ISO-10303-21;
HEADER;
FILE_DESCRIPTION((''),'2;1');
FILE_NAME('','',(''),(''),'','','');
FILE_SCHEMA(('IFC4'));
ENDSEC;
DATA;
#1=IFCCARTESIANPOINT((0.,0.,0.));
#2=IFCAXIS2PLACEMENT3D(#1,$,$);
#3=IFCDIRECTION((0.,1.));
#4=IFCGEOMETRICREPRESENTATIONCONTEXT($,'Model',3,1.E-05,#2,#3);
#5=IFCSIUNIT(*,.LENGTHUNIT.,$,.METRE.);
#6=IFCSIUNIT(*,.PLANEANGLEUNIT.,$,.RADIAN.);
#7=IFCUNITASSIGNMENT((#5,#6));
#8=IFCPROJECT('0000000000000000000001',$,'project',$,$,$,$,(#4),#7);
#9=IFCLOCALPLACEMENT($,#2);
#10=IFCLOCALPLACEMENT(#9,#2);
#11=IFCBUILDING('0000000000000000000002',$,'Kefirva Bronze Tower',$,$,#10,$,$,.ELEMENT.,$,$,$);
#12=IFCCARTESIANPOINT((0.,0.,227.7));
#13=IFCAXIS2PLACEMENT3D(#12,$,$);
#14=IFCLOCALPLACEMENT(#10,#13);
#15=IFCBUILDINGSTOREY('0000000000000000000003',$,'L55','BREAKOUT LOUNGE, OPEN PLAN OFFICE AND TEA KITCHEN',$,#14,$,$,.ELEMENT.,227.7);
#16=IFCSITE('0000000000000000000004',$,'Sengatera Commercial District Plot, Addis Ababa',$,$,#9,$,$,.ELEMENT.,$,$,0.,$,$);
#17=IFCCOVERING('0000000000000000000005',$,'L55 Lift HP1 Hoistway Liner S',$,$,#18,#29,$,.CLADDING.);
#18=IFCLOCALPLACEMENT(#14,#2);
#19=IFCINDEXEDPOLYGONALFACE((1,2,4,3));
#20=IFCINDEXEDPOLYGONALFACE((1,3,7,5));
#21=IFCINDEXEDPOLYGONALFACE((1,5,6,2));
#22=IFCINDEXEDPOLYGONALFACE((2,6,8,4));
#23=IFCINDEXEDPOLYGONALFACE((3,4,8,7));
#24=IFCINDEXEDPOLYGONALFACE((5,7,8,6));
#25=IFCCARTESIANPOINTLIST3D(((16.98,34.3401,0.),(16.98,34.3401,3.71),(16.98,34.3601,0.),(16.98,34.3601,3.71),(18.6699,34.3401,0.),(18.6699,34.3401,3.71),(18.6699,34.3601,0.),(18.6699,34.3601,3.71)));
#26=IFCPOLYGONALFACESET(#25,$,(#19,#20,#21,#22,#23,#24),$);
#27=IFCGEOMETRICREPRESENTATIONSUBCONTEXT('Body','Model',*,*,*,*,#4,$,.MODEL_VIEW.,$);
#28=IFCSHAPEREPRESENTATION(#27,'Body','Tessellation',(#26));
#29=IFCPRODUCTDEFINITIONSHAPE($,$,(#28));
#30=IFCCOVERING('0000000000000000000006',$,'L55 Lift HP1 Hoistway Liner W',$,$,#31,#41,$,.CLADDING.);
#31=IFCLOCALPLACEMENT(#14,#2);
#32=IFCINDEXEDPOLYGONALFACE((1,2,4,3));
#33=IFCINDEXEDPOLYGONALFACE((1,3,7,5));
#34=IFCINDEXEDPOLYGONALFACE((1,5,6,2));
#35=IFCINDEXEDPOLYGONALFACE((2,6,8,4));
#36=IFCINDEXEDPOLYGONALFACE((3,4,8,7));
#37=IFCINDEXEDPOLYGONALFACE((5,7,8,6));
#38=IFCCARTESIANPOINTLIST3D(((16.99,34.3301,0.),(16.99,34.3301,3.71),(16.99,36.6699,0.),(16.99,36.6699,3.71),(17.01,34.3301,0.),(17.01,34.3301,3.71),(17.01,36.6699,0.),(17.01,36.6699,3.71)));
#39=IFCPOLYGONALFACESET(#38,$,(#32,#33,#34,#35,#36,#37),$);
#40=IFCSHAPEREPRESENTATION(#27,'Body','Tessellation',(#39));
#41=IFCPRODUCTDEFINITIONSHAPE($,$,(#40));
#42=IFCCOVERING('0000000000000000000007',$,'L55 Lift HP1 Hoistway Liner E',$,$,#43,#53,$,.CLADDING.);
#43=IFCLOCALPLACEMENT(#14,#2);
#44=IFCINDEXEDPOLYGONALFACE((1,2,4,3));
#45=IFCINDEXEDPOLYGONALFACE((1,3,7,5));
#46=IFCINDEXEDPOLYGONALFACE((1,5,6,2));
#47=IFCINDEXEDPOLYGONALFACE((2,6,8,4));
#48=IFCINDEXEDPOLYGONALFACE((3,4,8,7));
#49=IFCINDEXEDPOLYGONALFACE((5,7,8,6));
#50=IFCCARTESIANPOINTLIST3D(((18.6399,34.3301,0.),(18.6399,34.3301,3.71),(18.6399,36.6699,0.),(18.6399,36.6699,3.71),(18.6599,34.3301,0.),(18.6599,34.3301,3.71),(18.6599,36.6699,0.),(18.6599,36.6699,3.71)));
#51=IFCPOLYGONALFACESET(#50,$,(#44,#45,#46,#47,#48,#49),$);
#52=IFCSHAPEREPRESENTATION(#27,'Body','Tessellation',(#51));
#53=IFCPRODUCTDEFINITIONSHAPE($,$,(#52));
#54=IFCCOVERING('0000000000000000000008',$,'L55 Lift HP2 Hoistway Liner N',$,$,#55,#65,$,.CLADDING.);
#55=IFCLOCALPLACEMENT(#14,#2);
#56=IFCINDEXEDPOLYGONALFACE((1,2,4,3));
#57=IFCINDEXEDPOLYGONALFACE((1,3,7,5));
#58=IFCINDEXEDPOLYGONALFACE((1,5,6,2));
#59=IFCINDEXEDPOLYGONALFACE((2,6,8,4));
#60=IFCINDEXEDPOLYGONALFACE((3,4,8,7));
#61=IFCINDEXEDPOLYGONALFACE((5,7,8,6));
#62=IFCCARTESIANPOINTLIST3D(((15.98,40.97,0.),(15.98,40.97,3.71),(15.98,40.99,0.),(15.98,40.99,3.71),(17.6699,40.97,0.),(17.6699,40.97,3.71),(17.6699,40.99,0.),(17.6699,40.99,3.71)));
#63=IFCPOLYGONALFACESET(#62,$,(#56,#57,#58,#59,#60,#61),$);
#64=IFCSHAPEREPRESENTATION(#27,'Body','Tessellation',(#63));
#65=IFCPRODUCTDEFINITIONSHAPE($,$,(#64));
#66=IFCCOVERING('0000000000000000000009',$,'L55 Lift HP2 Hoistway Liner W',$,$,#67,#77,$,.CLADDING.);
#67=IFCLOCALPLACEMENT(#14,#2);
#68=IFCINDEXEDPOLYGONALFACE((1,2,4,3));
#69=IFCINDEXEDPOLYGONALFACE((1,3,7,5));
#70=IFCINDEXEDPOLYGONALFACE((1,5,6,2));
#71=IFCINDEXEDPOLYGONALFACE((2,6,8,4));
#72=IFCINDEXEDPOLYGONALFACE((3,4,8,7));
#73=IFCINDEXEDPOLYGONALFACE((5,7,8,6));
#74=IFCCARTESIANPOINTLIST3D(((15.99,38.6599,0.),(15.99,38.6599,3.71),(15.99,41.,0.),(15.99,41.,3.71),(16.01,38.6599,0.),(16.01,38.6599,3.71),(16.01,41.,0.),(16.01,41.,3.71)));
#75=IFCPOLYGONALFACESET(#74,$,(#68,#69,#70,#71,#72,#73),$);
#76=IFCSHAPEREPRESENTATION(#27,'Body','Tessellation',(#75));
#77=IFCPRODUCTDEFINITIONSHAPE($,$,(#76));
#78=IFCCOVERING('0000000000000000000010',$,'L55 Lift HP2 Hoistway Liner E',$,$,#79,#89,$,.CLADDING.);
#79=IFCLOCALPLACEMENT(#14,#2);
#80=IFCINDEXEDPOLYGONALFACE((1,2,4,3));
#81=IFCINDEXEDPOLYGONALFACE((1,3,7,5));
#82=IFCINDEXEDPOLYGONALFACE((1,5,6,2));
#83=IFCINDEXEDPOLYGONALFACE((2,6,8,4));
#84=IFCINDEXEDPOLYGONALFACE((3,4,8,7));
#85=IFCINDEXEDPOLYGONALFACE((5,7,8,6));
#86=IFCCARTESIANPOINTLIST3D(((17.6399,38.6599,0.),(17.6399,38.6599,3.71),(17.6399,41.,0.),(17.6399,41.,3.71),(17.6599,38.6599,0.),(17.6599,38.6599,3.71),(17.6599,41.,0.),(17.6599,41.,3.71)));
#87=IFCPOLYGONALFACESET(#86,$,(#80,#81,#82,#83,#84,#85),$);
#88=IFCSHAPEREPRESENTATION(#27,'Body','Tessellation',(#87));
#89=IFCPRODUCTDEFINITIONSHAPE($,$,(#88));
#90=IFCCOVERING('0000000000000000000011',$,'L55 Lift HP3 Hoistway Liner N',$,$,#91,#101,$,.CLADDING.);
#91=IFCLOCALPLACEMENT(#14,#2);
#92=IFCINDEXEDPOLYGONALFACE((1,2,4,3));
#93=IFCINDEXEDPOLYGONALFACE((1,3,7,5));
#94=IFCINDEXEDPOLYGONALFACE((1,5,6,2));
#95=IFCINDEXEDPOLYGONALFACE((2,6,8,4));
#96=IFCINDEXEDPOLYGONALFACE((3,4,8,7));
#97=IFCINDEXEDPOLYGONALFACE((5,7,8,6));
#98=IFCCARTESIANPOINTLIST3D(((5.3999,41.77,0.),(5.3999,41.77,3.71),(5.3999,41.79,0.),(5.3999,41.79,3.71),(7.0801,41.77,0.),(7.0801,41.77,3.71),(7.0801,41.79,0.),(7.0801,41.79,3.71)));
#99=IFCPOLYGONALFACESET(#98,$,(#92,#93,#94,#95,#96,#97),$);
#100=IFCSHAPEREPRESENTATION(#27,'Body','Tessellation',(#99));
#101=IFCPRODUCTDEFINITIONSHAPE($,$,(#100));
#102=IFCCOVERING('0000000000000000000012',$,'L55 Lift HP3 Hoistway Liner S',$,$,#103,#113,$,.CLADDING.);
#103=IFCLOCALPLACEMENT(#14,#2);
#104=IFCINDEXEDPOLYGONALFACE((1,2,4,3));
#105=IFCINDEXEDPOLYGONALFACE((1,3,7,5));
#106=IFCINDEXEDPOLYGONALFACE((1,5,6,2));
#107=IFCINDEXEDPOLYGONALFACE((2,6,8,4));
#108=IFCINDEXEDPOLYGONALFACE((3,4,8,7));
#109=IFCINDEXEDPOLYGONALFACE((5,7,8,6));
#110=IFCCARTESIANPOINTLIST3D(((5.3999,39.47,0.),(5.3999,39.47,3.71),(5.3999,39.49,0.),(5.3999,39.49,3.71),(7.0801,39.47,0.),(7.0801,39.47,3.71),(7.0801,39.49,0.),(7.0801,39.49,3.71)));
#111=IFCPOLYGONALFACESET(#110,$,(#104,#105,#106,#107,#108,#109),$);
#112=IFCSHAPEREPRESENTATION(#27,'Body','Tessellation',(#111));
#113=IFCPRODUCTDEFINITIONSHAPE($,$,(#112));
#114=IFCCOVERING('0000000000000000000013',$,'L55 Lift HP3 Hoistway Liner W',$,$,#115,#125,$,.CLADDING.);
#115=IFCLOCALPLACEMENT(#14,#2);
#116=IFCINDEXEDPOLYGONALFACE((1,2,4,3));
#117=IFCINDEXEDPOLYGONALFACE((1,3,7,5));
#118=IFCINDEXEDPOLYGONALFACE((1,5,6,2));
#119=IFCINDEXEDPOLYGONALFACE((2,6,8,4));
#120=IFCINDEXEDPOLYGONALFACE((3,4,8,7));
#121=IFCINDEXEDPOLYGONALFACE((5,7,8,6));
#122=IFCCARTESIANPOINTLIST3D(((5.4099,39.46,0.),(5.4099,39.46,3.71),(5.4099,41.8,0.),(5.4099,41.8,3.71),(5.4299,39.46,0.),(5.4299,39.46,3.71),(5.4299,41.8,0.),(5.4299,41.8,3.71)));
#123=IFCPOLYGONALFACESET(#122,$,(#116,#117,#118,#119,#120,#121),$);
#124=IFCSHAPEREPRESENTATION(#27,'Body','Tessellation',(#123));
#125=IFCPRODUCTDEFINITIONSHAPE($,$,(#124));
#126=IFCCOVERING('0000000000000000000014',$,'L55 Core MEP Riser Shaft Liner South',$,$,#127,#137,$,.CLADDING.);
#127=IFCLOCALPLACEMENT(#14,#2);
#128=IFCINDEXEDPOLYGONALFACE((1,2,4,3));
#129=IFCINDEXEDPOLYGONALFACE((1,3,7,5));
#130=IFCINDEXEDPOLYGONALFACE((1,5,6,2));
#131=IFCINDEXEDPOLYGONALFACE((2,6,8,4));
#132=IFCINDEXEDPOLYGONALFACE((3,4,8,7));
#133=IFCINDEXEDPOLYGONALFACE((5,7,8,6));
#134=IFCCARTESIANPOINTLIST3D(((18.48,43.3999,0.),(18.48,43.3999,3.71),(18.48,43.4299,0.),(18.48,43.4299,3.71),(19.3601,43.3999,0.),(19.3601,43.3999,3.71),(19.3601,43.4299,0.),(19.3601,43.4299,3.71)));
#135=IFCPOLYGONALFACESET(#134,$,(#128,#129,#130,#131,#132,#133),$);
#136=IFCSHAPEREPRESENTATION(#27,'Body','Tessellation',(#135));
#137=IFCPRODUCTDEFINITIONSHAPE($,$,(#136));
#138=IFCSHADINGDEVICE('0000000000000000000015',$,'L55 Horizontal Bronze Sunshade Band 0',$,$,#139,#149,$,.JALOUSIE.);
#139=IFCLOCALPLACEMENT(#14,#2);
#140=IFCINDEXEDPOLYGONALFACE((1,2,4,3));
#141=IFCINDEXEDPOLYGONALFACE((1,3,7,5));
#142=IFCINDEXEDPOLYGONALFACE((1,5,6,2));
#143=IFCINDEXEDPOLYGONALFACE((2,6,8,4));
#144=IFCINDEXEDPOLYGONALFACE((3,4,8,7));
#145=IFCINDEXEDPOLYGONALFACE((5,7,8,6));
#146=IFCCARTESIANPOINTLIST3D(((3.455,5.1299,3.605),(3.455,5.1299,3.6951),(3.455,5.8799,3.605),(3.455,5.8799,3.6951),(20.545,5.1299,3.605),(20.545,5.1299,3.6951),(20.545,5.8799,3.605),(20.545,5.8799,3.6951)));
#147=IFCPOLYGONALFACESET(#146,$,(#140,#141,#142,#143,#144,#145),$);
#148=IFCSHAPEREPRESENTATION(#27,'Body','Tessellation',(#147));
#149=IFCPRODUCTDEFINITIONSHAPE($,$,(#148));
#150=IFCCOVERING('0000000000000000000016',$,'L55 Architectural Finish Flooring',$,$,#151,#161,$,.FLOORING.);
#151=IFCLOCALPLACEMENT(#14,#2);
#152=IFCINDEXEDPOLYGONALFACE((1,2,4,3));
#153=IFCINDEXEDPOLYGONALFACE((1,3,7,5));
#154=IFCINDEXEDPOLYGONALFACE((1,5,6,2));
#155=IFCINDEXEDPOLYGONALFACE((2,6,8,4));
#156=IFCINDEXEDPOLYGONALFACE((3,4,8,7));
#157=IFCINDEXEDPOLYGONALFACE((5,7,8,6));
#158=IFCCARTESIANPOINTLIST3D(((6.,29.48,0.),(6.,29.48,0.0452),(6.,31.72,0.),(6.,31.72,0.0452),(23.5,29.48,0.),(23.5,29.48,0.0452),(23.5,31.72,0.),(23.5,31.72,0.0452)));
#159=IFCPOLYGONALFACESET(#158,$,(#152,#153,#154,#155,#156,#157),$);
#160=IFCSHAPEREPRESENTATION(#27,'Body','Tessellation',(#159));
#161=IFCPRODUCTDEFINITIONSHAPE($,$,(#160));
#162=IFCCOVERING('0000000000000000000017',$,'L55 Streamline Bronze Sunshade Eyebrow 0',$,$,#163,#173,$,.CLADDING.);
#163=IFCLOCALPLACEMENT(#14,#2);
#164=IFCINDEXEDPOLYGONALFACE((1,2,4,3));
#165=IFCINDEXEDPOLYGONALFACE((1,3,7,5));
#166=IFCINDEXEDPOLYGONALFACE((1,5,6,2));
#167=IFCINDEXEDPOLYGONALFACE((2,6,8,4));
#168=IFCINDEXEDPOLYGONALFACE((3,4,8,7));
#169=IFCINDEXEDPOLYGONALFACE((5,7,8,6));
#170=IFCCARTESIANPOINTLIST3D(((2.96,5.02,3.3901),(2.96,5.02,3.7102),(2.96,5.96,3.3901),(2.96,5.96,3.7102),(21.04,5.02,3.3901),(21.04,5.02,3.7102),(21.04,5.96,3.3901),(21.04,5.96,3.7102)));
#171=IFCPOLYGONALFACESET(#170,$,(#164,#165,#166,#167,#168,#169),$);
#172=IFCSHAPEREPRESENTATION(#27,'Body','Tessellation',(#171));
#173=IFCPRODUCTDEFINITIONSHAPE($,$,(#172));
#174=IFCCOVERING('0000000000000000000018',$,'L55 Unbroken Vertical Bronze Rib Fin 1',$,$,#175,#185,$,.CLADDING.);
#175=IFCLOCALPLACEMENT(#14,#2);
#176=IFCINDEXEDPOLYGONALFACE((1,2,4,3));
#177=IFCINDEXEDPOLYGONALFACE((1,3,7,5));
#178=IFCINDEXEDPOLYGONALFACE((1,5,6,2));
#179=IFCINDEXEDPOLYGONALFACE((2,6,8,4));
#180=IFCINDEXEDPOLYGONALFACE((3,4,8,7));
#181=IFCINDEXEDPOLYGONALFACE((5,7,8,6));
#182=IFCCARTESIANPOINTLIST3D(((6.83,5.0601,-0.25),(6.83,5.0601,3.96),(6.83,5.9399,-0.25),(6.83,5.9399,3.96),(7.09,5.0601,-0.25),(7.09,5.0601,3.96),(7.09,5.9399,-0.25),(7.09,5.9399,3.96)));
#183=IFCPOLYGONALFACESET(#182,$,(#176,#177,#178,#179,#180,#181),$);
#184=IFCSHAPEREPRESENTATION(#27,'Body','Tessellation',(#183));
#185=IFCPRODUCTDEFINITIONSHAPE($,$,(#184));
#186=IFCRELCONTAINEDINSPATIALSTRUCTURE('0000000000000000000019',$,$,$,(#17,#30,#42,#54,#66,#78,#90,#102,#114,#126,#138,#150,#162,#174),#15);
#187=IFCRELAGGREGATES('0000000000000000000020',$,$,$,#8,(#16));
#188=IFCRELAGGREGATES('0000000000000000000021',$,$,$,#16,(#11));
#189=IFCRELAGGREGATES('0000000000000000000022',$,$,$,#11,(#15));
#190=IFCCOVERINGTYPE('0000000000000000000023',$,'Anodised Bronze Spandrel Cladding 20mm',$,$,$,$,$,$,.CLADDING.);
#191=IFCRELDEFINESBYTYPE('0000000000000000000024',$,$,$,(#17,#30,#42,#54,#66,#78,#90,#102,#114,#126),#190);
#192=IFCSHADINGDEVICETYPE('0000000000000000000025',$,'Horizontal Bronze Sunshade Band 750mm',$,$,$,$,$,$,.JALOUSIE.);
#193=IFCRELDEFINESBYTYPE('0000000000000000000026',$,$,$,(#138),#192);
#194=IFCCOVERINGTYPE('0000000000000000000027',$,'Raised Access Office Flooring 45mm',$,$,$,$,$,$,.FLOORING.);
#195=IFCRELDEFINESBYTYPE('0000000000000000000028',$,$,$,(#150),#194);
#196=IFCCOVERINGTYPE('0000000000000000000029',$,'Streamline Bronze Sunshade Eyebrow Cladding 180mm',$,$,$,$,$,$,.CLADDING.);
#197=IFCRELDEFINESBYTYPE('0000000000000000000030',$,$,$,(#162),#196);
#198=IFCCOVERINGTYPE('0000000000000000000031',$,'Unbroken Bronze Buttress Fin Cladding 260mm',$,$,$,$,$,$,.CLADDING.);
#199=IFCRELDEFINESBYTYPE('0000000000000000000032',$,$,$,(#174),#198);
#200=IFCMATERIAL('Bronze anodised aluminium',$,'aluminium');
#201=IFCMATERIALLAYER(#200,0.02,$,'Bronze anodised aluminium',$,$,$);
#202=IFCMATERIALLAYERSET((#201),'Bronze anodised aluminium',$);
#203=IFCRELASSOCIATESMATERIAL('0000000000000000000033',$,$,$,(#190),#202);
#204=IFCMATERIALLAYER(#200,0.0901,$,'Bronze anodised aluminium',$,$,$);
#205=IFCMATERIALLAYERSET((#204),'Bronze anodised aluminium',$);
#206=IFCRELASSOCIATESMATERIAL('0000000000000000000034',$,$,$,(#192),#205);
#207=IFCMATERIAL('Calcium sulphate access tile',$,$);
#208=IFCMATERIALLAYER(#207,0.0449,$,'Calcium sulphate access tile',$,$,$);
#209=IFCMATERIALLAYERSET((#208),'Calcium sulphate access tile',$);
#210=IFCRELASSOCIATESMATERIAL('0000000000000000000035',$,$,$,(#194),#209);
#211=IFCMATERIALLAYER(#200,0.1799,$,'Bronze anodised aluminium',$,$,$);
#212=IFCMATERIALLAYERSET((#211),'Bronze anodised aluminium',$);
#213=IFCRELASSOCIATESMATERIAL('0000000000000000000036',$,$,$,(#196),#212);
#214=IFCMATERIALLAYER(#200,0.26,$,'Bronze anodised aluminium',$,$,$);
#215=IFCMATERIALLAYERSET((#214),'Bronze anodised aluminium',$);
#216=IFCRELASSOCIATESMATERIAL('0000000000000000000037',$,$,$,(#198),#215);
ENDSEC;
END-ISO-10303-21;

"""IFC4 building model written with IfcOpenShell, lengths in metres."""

from ifc_helpers import new_model, si_unit, direction, frame, origin, origin_2d, place, context, subcontext, project, spatial, polyline, rectangle, outline, extrude, material, layer, layer_set, type_object, element, save


model = new_model("IFC4")

# Units and contexts
model_context = context("Model", 3, precision=1e-05, world=origin(), true_north=direction((0.0, 1.0)))
body_context = subcontext(model_context, "Body", "Model", "MODEL_VIEW")
ifc_project = project(units=[si_unit("LENGTHUNIT", "METRE"), si_unit("PLANEANGLEUNIT", "RADIAN")], contexts=[model_context])

# Site, building, storey
site_placement = place(None, origin())
site = spatial("IfcSite", under=ifc_project, at=site_placement, Name="Sengatera Commercial District Plot, Addis Ababa", CompositionType="ELEMENT", RefElevation=0.0)
building_placement = place(site_placement, origin())
building = spatial("IfcBuilding", under=site, at=building_placement, Name="Kefirva Bronze Tower", CompositionType="ELEMENT")
storey_placement = place(building_placement, frame((0.0, 0.0, 227.7)))
storey = spatial("IfcBuildingStorey", under=building, at=storey_placement, Name="L55", Description="BREAKOUT LOUNGE, OPEN PLAN OFFICE AND TEA KITCHEN", CompositionType="ELEMENT", Elevation=227.7)

# Coverings
ifc_material_1 = material(Name="Bronze anodised aluminium", Category="aluminium")
ifc_layer_1 = layer(ifc_material_1, 0.02, Name="Bronze anodised aluminium")
ifc_layer_set_1 = layer_set([ifc_layer_1], Name="Bronze anodised aluminium")
covering_type_1 = type_object("IfcCoveringType", Name="Anodised Bronze Spandrel Cladding 20mm", PredefinedType="CLADDING", material=ifc_layer_set_1)
covering_1_placement = place(storey_placement, origin())
element("IfcCovering", 1, at=covering_1_placement, inside=storey, type_object=covering_type_1, Name="L55 Lift HP1 Hoistway Liner S", PredefinedType="CLADDING", context=body_context, shape_type="SweptSolid", body=[
    extrude(outline(polyline([(16.98, 34.3401), (18.6699, 34.3401), (18.6699, 34.3601), (16.98, 34.3601), (16.98, 34.3401)])), origin(), (0.0, 0.0, 1.0), 3.71),
])
covering_2_placement = place(storey_placement, origin())
element("IfcCovering", 2, at=covering_2_placement, inside=storey, type_object=covering_type_1, Name="L55 Lift HP1 Hoistway Liner W", PredefinedType="CLADDING", context=body_context, shape_type="SweptSolid", body=[
    extrude(outline(polyline([(16.99, 34.3301), (17.01, 34.3301), (17.01, 36.6699), (16.99, 36.6699), (16.99, 34.3301)])), origin(), (0.0, 0.0, 1.0), 3.71),
])
covering_3_placement = place(storey_placement, origin())
element("IfcCovering", 3, at=covering_3_placement, inside=storey, type_object=covering_type_1, Name="L55 Lift HP1 Hoistway Liner E", PredefinedType="CLADDING", context=body_context, shape_type="SweptSolid", body=[
    extrude(outline(polyline([(18.6399, 34.3301), (18.6599, 34.3301), (18.6599, 36.6699), (18.6399, 36.6699), (18.6399, 34.3301)])), origin(), (0.0, 0.0, 1.0), 3.71),
])
covering_4_placement = place(storey_placement, origin())
element("IfcCovering", 4, at=covering_4_placement, inside=storey, type_object=covering_type_1, Name="L55 Lift HP2 Hoistway Liner N", PredefinedType="CLADDING", context=body_context, shape_type="SweptSolid", body=[
    extrude(outline(polyline([(15.98, 40.97), (17.6699, 40.97), (17.6699, 40.99), (15.98, 40.99), (15.98, 40.97)])), origin(), (0.0, 0.0, 1.0), 3.71),
])
covering_5_placement = place(storey_placement, origin())
element("IfcCovering", 5, at=covering_5_placement, inside=storey, type_object=covering_type_1, Name="L55 Lift HP2 Hoistway Liner W", PredefinedType="CLADDING", context=body_context, shape_type="SweptSolid", body=[
    extrude(outline(polyline([(15.99, 38.6599), (16.01, 38.6599), (16.01, 41.0), (15.99, 41.0), (15.99, 38.6599)])), origin(), (0.0, 0.0, 1.0), 3.71),
])
covering_6_placement = place(storey_placement, origin())
element("IfcCovering", 6, at=covering_6_placement, inside=storey, type_object=covering_type_1, Name="L55 Lift HP2 Hoistway Liner E", PredefinedType="CLADDING", context=body_context, shape_type="SweptSolid", body=[
    extrude(outline(polyline([(17.6399, 38.6599), (17.6599, 38.6599), (17.6599, 41.0), (17.6399, 41.0), (17.6399, 38.6599)])), origin(), (0.0, 0.0, 1.0), 3.71),
])
covering_7_placement = place(storey_placement, origin())
element("IfcCovering", 7, at=covering_7_placement, inside=storey, type_object=covering_type_1, Name="L55 Lift HP3 Hoistway Liner N", PredefinedType="CLADDING", context=body_context, shape_type="SweptSolid", body=[
    extrude(outline(polyline([(5.3999, 41.77), (7.0801, 41.77), (7.0801, 41.79), (5.3999, 41.79), (5.3999, 41.77)])), origin(), (0.0, 0.0, 1.0), 3.71),
])
covering_8_placement = place(storey_placement, origin())
element("IfcCovering", 8, at=covering_8_placement, inside=storey, type_object=covering_type_1, Name="L55 Lift HP3 Hoistway Liner S", PredefinedType="CLADDING", context=body_context, shape_type="SweptSolid", body=[
    extrude(outline(polyline([(5.3999, 39.47), (7.0801, 39.47), (7.0801, 39.49), (5.3999, 39.49), (5.3999, 39.47)])), origin(), (0.0, 0.0, 1.0), 3.71),
])
covering_9_placement = place(storey_placement, origin())
element("IfcCovering", 9, at=covering_9_placement, inside=storey, type_object=covering_type_1, Name="L55 Lift HP3 Hoistway Liner W", PredefinedType="CLADDING", context=body_context, shape_type="SweptSolid", body=[
    extrude(outline(polyline([(5.4099, 39.46), (5.4299, 39.46), (5.4299, 41.8), (5.4099, 41.8), (5.4099, 39.46)])), origin(), (0.0, 0.0, 1.0), 3.71),
])
covering_10_placement = place(storey_placement, origin())
element("IfcCovering", 10, at=covering_10_placement, inside=storey, type_object=covering_type_1, Name="L55 Core MEP Riser Shaft Liner South", PredefinedType="CLADDING", context=body_context, shape_type="SweptSolid", body=[
    extrude(outline(polyline([(18.48, 43.3999), (19.3601, 43.3999), (19.3601, 43.4299), (18.48, 43.4299), (18.48, 43.3999)])), origin(), (0.0, 0.0, 1.0), 3.71),
])

# Shading device
ifc_layer_2 = layer(ifc_material_1, 0.0901, Name="Bronze anodised aluminium")
ifc_layer_set_2 = layer_set([ifc_layer_2], Name="Bronze anodised aluminium")
shading_device_type = type_object("IfcShadingDeviceType", Name="Horizontal Bronze Sunshade Band 750mm", PredefinedType="JALOUSIE", material=ifc_layer_set_2)
shading_device_placement = place(storey_placement, frame((12.0, 5.5049, 3.605), z_axis=(0.0, 0.0, 1.0), x_axis=(1.0, 0.0, 0.0)))
element("IfcShadingDevice", 11, at=shading_device_placement, inside=storey, type_object=shading_device_type, Name="L55 Horizontal Bronze Sunshade Band 0", PredefinedType="JALOUSIE", context=body_context, shape_type="SweptSolid", body=[
    extrude(rectangle(XDim=17.0901, YDim=0.75, at=origin_2d()), origin(), (0.0, 0.0, 1.0), 0.0901),
])

# Coverings
ifc_material_2 = material(Name="Calcium sulphate access tile")
ifc_layer_3 = layer(ifc_material_2, 0.0449, Name="Calcium sulphate access tile")
ifc_layer_set_3 = layer_set([ifc_layer_3], Name="Calcium sulphate access tile")
covering_type_2 = type_object("IfcCoveringType", Name="Raised Access Office Flooring 45mm", PredefinedType="FLOORING", material=ifc_layer_set_3)
covering_11_placement = place(storey_placement, origin())
element("IfcCovering", 12, at=covering_11_placement, inside=storey, type_object=covering_type_2, Name="L55 Architectural Finish Flooring", PredefinedType="FLOORING", context=body_context, shape_type="SweptSolid", body=[
    extrude(outline(polyline([(6.0, 29.48), (23.5, 29.48), (23.5, 31.72), (6.0, 31.72), (6.0, 29.48)])), origin(), (0.0, 0.0, 1.0), 0.0452),
])
ifc_layer_4 = layer(ifc_material_1, 0.1799, Name="Bronze anodised aluminium")
ifc_layer_set_4 = layer_set([ifc_layer_4], Name="Bronze anodised aluminium")
covering_type_3 = type_object("IfcCoveringType", Name="Streamline Bronze Sunshade Eyebrow Cladding 180mm", PredefinedType="CLADDING", material=ifc_layer_set_4)
covering_12_placement = place(storey_placement, frame((12.0, 5.49, 3.3901), z_axis=(0.0, 0.0, 1.0), x_axis=(1.0, 0.0, 0.0)))
element("IfcCovering", 13, at=covering_12_placement, inside=storey, type_object=covering_type_3, Name="L55 Streamline Bronze Sunshade Eyebrow 0", PredefinedType="CLADDING", context=body_context, shape_type="SweptSolid", body=[
    extrude(rectangle(XDim=18.0801, YDim=0.9399, at=origin_2d()), origin(), (0.0, 0.0, 1.0), 0.3201),
])
ifc_layer_5 = layer(ifc_material_1, 0.26, Name="Bronze anodised aluminium")
ifc_layer_set_5 = layer_set([ifc_layer_5], Name="Bronze anodised aluminium")
covering_type_4 = type_object("IfcCoveringType", Name="Unbroken Bronze Buttress Fin Cladding 260mm", PredefinedType="CLADDING", material=ifc_layer_set_5)
for number, where, z_axis, x_axis, name in (
    (14, (6.96, 5.5, -0.25), (0.0, 0.0, 1.0), (1.0, 0.0, 0.0), "L55 Unbroken Vertical Bronze Rib Fin 1"),
):
    element("IfcCovering", number, at=place(storey_placement, frame(where, z_axis=z_axis, x_axis=x_axis)), inside=storey, type_object=covering_type_4, Name=name, PredefinedType="CLADDING", context=body_context, shape_type="SweptSolid", body=[
        extrude(rectangle(XDim=0.26, YDim=0.8799, at=origin_2d()), origin(), (0.0, 0.0, 1.0), 4.21),
    ])

save(model, "model.ifc")
